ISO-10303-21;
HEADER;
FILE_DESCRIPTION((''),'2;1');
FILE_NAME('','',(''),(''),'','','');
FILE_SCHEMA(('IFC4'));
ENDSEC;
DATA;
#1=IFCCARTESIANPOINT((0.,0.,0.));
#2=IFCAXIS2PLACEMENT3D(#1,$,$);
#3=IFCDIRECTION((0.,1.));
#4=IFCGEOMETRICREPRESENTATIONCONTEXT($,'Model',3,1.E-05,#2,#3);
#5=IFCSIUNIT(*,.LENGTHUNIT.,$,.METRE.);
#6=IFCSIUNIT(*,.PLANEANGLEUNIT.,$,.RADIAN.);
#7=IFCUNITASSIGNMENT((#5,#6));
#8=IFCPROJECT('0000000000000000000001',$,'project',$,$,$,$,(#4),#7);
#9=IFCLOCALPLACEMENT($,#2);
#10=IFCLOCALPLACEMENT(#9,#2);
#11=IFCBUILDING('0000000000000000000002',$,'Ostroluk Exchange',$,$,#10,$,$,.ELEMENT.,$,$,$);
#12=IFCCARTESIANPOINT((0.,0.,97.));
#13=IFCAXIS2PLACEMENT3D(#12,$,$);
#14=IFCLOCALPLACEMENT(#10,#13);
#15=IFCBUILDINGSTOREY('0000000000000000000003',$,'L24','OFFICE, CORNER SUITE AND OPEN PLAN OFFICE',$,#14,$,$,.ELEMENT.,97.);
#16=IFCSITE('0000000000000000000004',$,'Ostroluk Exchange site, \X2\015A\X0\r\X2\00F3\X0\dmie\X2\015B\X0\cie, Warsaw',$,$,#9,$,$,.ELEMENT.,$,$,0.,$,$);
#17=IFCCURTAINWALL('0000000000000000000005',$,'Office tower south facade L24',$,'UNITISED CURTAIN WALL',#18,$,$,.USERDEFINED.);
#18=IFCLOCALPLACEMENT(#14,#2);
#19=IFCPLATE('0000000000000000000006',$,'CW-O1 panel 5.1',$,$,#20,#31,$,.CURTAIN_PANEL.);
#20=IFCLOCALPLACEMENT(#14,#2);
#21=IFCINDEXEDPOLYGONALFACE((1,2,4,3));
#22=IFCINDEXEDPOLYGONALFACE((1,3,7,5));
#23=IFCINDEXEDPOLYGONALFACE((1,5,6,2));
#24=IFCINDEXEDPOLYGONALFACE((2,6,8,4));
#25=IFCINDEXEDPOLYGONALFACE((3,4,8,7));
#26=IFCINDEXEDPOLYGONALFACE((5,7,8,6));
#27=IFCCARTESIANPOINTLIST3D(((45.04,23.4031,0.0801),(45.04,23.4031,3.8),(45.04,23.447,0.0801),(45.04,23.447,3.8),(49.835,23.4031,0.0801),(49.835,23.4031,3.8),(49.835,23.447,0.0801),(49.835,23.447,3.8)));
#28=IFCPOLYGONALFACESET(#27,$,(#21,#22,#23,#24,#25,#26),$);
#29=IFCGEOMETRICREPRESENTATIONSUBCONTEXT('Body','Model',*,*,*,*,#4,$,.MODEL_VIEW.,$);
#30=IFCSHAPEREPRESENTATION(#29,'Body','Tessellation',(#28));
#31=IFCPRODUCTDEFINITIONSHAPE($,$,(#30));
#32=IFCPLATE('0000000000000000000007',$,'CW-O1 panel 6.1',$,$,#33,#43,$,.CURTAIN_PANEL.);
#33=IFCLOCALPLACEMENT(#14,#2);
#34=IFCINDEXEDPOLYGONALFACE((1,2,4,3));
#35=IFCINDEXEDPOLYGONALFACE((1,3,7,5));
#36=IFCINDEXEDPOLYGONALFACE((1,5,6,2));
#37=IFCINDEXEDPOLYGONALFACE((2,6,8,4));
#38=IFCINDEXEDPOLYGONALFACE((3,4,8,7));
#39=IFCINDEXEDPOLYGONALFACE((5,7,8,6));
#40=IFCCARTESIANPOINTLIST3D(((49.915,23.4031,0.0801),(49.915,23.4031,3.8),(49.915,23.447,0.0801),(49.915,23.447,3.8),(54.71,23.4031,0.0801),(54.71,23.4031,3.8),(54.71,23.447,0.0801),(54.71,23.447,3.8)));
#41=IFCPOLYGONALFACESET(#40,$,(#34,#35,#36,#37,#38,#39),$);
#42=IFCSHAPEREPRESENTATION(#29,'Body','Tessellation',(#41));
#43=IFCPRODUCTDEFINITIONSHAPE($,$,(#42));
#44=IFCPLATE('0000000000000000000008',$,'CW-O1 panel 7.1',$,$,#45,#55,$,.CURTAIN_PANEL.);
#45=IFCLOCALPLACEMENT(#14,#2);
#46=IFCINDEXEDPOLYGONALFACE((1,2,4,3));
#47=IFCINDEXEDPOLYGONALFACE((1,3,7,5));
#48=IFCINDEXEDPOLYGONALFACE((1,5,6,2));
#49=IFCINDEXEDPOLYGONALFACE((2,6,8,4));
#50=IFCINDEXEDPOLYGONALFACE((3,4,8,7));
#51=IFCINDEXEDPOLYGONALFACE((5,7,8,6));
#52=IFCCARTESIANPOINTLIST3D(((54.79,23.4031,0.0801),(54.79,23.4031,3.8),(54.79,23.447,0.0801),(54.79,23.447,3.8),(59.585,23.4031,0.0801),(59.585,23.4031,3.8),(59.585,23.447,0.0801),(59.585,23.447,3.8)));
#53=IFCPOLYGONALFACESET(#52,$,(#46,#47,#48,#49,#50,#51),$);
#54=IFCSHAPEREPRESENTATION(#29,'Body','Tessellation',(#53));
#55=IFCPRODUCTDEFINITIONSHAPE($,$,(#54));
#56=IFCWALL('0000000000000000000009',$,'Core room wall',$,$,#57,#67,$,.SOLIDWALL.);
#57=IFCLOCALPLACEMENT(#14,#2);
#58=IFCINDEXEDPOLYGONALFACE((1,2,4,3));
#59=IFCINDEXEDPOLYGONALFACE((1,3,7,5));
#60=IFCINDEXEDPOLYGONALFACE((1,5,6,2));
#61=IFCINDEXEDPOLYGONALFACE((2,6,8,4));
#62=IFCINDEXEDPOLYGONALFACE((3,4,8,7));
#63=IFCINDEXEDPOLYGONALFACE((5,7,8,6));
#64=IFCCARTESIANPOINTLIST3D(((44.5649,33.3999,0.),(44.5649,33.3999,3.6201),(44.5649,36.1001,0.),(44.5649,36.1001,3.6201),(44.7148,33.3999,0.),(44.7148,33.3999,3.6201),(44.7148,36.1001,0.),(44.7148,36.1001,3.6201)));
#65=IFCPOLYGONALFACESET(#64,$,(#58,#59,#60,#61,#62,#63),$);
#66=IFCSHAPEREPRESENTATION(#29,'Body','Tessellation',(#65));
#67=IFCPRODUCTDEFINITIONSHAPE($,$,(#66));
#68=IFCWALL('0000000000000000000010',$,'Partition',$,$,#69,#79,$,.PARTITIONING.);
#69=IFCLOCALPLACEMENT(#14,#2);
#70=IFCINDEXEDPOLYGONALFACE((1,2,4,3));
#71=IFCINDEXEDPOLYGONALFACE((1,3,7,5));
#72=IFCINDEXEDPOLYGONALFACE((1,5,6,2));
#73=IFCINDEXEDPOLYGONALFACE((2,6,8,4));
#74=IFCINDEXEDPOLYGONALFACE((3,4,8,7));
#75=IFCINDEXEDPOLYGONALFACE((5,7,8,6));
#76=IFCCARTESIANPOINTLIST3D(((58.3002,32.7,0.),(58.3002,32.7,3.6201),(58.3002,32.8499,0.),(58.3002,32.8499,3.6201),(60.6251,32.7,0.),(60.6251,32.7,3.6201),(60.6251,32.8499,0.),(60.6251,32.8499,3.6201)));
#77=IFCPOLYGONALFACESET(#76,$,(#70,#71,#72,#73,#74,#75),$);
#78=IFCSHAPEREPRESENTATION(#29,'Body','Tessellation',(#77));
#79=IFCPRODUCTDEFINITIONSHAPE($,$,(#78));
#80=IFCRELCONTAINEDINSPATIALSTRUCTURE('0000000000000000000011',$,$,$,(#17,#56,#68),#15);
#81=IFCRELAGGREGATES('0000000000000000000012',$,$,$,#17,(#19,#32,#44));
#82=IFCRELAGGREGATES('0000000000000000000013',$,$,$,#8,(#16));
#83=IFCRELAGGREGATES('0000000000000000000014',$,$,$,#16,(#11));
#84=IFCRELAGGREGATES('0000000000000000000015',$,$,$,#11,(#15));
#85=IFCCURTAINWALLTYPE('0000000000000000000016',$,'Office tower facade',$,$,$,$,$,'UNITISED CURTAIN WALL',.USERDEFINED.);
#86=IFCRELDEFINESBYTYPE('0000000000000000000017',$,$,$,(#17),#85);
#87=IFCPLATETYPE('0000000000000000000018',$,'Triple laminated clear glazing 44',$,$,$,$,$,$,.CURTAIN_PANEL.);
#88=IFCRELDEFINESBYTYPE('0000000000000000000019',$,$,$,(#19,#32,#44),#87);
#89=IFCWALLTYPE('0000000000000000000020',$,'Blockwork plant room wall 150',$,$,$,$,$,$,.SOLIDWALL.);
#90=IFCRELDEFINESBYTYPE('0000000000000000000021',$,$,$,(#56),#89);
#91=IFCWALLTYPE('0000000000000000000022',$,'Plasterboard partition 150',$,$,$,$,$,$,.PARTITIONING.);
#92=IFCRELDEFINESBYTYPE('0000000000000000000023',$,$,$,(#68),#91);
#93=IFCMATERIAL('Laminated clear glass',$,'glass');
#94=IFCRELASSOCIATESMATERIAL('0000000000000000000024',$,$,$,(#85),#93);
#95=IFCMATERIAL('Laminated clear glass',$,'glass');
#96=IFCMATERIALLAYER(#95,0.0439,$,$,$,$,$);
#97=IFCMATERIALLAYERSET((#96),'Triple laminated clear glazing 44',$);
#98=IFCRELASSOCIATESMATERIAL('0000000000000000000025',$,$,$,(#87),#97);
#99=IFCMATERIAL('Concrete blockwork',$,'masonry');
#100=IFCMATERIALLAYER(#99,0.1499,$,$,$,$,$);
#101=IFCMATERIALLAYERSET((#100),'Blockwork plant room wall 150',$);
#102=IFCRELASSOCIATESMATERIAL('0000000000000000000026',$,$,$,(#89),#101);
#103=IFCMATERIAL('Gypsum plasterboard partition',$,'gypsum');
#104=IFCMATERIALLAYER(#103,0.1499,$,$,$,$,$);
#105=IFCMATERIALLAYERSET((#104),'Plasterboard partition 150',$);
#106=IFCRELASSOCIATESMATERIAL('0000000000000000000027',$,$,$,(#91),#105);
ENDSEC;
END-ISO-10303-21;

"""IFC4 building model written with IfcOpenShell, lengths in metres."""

from ifc_helpers import new_model, si_unit, direction, frame, frame_2d, origin, origin_2d, place, context, subcontext, project, spatial, rectangle, extrude, material, layer, layer_set, type_object, element, aggregate, save


model = new_model("IFC4")

# Units and contexts
model_context = context("Model", 3, precision=1e-05, world=origin(), true_north=direction((0.0, 1.0)))
body_context = subcontext(model_context, "Body", "Model", "MODEL_VIEW")
ifc_project = project(units=[si_unit("LENGTHUNIT", "METRE"), si_unit("PLANEANGLEUNIT", "RADIAN")], contexts=[model_context])

# Site, building, storey
site_placement = place(None, origin())
site = spatial("IfcSite", under=ifc_project, at=site_placement, Name="Ostroluk Exchange site, Śródmieście, Warsaw", CompositionType="ELEMENT", RefElevation=0.0)
building_placement = place(site_placement, origin())
building = spatial("IfcBuilding", under=site, at=building_placement, Name="Ostroluk Exchange", CompositionType="ELEMENT")
storey_placement = place(building_placement, frame((0.0, 0.0, 97.0)))
storey = spatial("IfcBuildingStorey", under=building, at=storey_placement, Name="L24", Description="OFFICE, CORNER SUITE AND OPEN PLAN OFFICE", CompositionType="ELEMENT", Elevation=97.0)

# Curtain wall, plates
ifc_material_1 = material(Name="Laminated clear glass", Category="glass")
curtain_wall_type = type_object("IfcCurtainWallType", Name="Office tower facade", ElementType="UNITISED CURTAIN WALL", PredefinedType="USERDEFINED", material=ifc_material_1)
curtain_wall_placement = place(storey_placement, origin())
curtain_wall = element("IfcCurtainWall", 1, at=curtain_wall_placement, inside=storey, type_object=curtain_wall_type, Name="Office tower south facade L24", ObjectType="UNITISED CURTAIN WALL", PredefinedType="USERDEFINED")
ifc_material_2 = material(Name="Laminated clear glass", Category="glass")
ifc_layer_1 = layer(ifc_material_2, 0.0439)
ifc_layer_set_1 = layer_set([ifc_layer_1], Name="Triple laminated clear glazing 44")
plate_type = type_object("IfcPlateType", Name="Triple laminated clear glazing 44", PredefinedType="CURTAIN_PANEL", material=ifc_layer_set_1)
plate_1_placement = place(storey_placement, frame((47.4375, 23.425, 0.0801), z_axis=(0.0, 0.0, 1.0), x_axis=(1.0, 0.0, 0.0)))
plate_1 = element("IfcPlate", 2, at=plate_1_placement, type_object=plate_type, Name="CW-O1 panel 5.1", PredefinedType="CURTAIN_PANEL", context=body_context, shape_type="SweptSolid", body=[
    extrude(rectangle(XDim=4.7949, YDim=0.0439, at=origin_2d()), origin(), (0.0, 0.0, 1.0), 3.72),
])
plate_2_placement = place(storey_placement, frame((52.3125, 23.425, 0.0801), z_axis=(0.0, 0.0, 1.0), x_axis=(1.0, 0.0, 0.0)))
plate_2 = element("IfcPlate", 3, at=plate_2_placement, type_object=plate_type, Name="CW-O1 panel 6.1", PredefinedType="CURTAIN_PANEL", context=body_context, shape_type="SweptSolid", body=[
    extrude(rectangle(XDim=4.7949, YDim=0.0439, at=origin_2d()), origin(), (0.0, 0.0, 1.0), 3.72),
])
plate_3_placement = place(storey_placement, frame((57.1875, 23.425, 0.0801), z_axis=(0.0, 0.0, 1.0), x_axis=(1.0, 0.0, 0.0)))
plate_3 = element("IfcPlate", 4, at=plate_3_placement, type_object=plate_type, Name="CW-O1 panel 7.1", PredefinedType="CURTAIN_PANEL", context=body_context, shape_type="SweptSolid", body=[
    extrude(rectangle(XDim=4.7949, YDim=0.0439, at=origin_2d()), origin(), (0.0, 0.0, 1.0), 3.72),
])
aggregate(curtain_wall, [plate_1, plate_2, plate_3])

# Walls
ifc_material_3 = material(Name="Concrete blockwork", Category="masonry")
ifc_layer_2 = layer(ifc_material_3, 0.1499)
ifc_layer_set_2 = layer_set([ifc_layer_2], Name="Blockwork plant room wall 150")
wall_type_1 = type_object("IfcWallType", Name="Blockwork plant room wall 150", PredefinedType="SOLIDWALL", material=ifc_layer_set_2)
wall_1_placement = place(storey_placement, frame((44.6399, 33.3999, 0.0), z_axis=(0.0, 0.0, 1.0), x_axis=(0.0, 1.0, 0.0)))
element("IfcWall", 5, at=wall_1_placement, inside=storey, type_object=wall_type_1, Name="Core room wall", PredefinedType="SOLIDWALL", context=body_context, shape_type="SweptSolid", body=[
    extrude(rectangle(XDim=2.7002, YDim=0.1499, at=frame_2d((1.3501, 0.0))), origin(), (0.0, 0.0, 1.0), 3.6201),
])
ifc_material_4 = material(Name="Gypsum plasterboard partition", Category="gypsum")
ifc_layer_3 = layer(ifc_material_4, 0.1499)
ifc_layer_set_3 = layer_set([ifc_layer_3], Name="Plasterboard partition 150")
wall_type_2 = type_object("IfcWallType", Name="Plasterboard partition 150", PredefinedType="PARTITIONING", material=ifc_layer_set_3)
wall_2_placement = place(storey_placement, frame((58.3, 32.7749, 0.0), z_axis=(0.0, 0.0, 1.0), x_axis=(1.0, 0.0, 0.0)))
element("IfcWall", 6, at=wall_2_placement, inside=storey, type_object=wall_type_2, Name="Partition", PredefinedType="PARTITIONING", context=body_context, shape_type="SweptSolid", body=[
    extrude(rectangle(XDim=2.325, YDim=0.1499, at=frame_2d((1.1626, 0.0))), origin(), (0.0, 0.0, 1.0), 3.6201),
])

save(model, "model.ifc")
